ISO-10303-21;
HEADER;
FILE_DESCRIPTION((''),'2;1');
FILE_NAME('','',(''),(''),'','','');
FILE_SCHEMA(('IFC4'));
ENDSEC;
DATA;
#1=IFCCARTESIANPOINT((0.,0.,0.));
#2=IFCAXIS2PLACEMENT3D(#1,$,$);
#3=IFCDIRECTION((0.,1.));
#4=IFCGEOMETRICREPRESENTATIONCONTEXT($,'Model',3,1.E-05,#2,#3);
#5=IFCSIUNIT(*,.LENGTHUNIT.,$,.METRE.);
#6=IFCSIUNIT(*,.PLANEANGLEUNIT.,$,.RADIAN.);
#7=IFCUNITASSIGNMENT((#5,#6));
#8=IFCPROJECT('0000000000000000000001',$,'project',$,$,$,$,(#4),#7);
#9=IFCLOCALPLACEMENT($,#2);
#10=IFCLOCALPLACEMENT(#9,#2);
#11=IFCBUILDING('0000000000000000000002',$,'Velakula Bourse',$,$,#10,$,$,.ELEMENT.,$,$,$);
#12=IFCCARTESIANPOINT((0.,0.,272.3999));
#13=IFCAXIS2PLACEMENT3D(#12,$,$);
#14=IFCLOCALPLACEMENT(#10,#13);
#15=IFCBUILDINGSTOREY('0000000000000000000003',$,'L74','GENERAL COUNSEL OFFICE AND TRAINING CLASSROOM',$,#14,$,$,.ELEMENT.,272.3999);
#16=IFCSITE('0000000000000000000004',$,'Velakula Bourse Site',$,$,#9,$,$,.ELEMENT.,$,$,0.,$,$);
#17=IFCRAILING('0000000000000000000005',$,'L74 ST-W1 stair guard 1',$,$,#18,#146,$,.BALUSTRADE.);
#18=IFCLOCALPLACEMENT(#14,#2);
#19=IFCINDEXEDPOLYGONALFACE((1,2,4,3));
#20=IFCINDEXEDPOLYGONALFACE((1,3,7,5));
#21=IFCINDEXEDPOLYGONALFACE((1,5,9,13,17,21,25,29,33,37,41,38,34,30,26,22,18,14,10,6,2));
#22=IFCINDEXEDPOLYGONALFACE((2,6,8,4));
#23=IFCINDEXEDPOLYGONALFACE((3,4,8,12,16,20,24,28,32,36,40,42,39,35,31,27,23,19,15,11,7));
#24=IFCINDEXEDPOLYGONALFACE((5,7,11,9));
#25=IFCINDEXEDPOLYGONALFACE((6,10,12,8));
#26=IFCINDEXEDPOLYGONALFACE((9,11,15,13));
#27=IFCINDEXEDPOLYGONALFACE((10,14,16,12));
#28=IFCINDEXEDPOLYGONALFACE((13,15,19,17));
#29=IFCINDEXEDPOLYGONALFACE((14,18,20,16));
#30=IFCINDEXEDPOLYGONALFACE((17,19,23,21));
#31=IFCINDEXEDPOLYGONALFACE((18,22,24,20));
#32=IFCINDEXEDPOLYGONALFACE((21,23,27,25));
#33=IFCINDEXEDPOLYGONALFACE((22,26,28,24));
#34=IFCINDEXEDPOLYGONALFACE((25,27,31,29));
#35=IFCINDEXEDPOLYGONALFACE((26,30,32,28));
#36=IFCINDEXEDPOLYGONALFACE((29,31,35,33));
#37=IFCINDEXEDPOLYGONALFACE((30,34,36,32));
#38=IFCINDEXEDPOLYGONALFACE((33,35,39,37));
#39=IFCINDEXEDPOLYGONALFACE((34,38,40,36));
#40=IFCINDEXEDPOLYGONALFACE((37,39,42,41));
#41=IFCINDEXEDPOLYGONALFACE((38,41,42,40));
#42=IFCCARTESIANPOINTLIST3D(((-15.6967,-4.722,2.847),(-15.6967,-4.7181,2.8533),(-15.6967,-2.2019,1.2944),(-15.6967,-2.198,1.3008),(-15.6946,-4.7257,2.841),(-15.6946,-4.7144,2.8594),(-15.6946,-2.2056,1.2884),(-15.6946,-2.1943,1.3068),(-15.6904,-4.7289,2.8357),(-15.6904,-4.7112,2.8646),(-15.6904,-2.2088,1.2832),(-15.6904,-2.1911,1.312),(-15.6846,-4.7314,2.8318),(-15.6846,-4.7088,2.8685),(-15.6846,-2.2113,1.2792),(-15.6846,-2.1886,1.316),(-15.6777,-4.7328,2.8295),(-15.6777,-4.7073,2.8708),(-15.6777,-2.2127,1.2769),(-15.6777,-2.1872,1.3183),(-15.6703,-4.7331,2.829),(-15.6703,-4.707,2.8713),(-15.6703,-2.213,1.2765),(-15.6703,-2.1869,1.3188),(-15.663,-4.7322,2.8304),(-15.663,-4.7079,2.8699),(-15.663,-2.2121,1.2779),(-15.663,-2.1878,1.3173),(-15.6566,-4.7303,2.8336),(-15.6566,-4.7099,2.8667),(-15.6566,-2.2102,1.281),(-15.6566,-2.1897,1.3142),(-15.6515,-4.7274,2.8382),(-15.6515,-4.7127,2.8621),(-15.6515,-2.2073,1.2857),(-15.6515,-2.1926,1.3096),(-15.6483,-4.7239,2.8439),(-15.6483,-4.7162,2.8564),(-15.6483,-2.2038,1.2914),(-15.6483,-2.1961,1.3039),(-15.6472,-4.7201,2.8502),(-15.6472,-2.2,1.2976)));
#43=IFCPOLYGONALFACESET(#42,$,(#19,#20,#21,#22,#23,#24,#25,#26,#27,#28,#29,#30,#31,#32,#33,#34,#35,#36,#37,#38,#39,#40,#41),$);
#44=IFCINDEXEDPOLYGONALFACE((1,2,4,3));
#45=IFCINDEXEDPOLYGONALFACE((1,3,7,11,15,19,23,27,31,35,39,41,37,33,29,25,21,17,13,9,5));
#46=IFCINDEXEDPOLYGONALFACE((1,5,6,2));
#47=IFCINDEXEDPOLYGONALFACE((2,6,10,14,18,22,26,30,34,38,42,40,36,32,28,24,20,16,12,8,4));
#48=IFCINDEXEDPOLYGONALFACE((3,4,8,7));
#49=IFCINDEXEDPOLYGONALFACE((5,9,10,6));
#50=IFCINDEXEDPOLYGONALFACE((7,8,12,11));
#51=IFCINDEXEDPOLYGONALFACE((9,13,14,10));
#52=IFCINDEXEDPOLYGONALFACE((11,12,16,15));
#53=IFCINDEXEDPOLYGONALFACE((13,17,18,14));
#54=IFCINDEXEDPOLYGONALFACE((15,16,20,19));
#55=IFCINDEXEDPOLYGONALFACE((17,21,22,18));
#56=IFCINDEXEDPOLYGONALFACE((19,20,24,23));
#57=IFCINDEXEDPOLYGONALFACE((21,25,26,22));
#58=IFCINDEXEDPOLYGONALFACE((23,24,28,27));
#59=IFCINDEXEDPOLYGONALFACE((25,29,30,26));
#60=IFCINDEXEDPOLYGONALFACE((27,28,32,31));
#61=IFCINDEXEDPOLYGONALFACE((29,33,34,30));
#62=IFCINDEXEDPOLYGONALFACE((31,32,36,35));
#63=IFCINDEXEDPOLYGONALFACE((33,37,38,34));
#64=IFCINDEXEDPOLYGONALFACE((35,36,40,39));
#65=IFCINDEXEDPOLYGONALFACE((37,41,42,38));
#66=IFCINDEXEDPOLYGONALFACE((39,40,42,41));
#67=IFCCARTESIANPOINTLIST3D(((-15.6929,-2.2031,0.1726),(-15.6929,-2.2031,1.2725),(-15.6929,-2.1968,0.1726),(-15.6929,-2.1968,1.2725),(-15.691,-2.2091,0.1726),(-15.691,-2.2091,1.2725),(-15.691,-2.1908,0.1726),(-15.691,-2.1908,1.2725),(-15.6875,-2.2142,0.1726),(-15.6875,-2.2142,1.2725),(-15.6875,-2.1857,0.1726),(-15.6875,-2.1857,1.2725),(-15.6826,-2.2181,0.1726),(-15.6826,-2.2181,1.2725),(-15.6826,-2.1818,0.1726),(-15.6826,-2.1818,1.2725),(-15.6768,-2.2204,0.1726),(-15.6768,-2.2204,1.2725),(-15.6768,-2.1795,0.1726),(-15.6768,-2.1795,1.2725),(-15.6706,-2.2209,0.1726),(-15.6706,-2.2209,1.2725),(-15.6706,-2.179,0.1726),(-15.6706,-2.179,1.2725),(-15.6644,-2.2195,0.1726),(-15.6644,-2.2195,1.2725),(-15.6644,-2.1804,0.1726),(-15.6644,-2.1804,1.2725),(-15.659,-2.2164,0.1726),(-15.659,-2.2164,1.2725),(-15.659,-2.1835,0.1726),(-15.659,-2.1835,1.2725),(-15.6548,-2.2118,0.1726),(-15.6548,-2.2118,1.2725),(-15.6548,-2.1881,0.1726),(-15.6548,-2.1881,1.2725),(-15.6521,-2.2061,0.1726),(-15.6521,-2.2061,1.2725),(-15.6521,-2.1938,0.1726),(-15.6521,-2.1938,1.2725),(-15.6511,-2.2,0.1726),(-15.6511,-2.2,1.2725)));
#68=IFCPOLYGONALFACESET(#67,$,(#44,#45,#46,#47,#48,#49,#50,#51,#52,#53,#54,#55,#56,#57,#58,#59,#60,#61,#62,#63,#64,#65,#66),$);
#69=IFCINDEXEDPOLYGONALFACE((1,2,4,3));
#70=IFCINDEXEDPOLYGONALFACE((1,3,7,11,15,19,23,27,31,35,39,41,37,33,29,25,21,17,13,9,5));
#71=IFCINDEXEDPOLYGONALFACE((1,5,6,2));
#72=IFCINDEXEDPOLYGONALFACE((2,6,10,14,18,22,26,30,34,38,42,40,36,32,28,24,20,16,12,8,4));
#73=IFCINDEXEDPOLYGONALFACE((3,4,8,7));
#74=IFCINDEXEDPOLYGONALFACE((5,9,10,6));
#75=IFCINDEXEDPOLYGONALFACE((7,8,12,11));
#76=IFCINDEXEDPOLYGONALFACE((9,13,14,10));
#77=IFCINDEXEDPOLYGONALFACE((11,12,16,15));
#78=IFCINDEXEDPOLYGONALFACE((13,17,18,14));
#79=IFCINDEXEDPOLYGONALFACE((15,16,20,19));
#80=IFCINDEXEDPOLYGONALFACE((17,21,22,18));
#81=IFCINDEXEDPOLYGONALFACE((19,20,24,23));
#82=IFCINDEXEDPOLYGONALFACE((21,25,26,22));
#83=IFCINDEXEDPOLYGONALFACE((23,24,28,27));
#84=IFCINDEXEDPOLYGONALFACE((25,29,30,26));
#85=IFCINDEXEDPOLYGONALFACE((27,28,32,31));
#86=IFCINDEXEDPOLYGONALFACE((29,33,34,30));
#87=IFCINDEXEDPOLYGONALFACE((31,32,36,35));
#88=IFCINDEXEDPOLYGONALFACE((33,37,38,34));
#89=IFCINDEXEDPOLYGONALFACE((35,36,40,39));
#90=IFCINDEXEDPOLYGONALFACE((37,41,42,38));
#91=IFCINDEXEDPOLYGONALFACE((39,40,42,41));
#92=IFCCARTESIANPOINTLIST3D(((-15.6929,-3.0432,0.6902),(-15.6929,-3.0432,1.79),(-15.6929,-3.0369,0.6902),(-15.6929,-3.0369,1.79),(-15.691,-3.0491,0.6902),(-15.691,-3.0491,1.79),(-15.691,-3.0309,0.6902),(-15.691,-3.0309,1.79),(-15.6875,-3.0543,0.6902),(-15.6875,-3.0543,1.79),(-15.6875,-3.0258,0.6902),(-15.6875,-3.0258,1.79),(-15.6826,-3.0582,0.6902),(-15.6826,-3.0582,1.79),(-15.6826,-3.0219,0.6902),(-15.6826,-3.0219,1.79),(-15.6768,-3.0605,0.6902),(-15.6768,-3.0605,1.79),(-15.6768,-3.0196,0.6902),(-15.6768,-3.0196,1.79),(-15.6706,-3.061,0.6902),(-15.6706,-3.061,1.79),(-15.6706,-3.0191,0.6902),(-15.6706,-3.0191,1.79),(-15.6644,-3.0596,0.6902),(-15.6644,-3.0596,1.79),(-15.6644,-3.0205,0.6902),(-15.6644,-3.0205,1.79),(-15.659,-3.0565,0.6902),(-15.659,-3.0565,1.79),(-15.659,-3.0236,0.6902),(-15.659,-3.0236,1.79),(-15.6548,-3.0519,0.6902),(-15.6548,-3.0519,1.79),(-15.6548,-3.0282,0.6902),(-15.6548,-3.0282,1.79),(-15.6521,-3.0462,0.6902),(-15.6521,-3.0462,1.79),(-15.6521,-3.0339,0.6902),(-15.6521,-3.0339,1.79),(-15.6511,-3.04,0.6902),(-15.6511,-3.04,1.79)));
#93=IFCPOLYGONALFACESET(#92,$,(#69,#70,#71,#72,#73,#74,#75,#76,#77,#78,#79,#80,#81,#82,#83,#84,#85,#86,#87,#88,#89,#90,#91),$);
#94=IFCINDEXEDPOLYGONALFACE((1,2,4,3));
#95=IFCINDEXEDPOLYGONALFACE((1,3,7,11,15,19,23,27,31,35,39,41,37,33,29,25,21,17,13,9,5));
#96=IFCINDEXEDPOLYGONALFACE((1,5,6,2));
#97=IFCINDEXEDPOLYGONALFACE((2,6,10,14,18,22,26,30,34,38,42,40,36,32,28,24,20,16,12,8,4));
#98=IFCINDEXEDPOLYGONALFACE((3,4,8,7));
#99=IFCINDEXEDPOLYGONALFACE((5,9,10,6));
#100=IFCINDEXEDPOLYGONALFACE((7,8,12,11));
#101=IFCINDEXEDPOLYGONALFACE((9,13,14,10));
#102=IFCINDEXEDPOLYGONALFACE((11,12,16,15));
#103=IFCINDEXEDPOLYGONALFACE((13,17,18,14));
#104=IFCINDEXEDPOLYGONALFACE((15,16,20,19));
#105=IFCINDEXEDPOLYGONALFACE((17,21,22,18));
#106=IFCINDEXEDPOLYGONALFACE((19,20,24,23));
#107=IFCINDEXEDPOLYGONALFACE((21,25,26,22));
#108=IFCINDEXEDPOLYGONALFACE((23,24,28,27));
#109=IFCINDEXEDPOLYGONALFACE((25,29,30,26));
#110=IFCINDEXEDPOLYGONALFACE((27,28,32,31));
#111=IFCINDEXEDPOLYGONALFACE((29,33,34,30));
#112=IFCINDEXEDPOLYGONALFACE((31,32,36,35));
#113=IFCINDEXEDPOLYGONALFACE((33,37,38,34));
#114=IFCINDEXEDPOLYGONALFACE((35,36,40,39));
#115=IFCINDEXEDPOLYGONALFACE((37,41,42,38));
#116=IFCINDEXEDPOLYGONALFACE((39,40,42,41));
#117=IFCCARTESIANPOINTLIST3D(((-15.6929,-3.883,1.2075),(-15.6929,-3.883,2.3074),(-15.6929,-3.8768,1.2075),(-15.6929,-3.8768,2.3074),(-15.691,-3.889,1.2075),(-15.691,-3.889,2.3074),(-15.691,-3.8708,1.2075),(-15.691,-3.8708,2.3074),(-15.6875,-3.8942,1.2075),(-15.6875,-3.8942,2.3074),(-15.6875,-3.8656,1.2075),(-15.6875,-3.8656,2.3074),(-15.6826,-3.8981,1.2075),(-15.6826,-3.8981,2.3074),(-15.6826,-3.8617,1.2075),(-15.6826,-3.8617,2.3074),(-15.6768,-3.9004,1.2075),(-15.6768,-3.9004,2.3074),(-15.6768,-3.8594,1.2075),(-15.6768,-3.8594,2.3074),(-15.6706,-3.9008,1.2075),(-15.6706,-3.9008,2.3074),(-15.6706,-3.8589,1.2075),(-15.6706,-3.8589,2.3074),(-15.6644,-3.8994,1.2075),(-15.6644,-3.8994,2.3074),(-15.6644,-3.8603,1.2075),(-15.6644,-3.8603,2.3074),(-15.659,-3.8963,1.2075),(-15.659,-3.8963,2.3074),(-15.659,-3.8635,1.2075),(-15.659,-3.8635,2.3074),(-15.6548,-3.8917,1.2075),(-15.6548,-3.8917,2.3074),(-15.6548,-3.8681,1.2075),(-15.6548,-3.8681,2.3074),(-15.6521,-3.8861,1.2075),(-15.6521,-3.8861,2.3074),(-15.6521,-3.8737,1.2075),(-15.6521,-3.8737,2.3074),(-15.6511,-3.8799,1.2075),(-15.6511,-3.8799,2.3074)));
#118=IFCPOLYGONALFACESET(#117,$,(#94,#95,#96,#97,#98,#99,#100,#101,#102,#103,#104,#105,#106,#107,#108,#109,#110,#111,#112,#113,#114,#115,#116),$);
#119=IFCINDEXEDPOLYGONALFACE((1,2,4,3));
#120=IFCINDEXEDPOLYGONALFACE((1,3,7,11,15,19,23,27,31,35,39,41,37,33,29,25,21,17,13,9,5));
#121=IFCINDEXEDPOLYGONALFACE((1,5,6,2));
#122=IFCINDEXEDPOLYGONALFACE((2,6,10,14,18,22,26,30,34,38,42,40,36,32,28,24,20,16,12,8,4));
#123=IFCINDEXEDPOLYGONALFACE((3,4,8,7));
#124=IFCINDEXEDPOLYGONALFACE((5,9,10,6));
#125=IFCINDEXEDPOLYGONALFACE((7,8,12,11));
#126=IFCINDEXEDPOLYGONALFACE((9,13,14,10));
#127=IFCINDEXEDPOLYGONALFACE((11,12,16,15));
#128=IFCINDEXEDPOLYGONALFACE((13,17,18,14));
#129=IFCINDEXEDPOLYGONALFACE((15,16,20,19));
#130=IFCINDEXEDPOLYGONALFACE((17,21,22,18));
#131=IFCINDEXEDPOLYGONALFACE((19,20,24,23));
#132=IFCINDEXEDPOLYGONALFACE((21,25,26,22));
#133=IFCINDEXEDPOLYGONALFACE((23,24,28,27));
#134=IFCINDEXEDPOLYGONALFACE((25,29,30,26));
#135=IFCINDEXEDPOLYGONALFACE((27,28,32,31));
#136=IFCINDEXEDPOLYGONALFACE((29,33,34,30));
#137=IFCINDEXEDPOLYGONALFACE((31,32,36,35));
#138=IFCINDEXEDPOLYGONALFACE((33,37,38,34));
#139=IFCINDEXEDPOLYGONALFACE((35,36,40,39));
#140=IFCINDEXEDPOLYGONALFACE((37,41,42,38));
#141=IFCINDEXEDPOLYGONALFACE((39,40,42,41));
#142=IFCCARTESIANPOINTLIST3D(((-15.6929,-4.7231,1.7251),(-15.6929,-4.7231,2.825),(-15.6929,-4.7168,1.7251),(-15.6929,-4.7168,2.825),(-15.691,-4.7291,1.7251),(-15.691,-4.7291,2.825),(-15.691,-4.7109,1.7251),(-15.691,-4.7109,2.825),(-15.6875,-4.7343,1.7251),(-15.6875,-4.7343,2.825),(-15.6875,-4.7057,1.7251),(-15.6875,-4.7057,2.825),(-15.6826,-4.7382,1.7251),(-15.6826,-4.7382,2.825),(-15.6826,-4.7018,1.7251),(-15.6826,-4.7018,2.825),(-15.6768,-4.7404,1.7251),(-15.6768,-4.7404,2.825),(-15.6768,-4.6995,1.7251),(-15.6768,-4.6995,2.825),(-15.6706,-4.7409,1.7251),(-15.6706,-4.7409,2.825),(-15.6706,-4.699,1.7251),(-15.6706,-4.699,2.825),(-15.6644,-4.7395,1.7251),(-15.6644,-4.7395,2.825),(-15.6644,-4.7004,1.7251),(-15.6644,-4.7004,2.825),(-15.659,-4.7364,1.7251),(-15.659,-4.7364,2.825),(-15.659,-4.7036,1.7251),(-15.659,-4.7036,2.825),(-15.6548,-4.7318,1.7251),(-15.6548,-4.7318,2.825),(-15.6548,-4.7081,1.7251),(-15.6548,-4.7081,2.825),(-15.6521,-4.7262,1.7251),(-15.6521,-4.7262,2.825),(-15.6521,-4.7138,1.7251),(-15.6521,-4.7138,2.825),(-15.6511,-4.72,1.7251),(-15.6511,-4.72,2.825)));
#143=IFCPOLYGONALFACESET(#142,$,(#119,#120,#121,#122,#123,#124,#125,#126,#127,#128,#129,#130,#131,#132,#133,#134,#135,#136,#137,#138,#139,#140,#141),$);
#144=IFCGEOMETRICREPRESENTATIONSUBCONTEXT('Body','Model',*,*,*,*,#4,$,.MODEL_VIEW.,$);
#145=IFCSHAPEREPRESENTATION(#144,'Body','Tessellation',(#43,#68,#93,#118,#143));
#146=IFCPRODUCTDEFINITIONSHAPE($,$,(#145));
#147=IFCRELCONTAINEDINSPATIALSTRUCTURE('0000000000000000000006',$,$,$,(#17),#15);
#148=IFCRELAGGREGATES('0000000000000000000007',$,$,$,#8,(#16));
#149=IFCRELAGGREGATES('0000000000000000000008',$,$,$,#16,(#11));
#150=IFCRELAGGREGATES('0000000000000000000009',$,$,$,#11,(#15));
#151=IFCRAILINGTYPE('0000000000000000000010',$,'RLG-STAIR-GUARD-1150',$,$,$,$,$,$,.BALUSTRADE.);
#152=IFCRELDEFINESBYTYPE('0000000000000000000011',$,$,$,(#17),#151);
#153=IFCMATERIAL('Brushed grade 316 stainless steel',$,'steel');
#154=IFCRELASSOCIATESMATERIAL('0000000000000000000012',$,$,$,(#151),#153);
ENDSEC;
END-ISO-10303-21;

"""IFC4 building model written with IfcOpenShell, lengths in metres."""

from ifc_helpers import new_model, si_unit, direction, frame, origin, origin_2d, place, context, subcontext, project, spatial, circle, extrude, material, type_object, element, save


model = new_model("IFC4")

# Units and contexts
model_context = context("Model", 3, precision=1e-05, world=origin(), true_north=direction((0.0, 1.0)))
body_context = subcontext(model_context, "Body", "Model", "MODEL_VIEW")
ifc_project = project(units=[si_unit("LENGTHUNIT", "METRE"), si_unit("PLANEANGLEUNIT", "RADIAN")], contexts=[model_context])

# Site, building, storey
site_placement = place(None, origin())
site = spatial("IfcSite", under=ifc_project, at=site_placement, Name="Velakula Bourse Site", CompositionType="ELEMENT", RefElevation=0.0)
building_placement = place(site_placement, origin())
building = spatial("IfcBuilding", under=site, at=building_placement, Name="Velakula Bourse", CompositionType="ELEMENT")
storey_placement = place(building_placement, frame((0.0, 0.0, 272.3999)))
storey = spatial("IfcBuildingStorey", under=building, at=storey_placement, Name="L74", Description="GENERAL COUNSEL OFFICE AND TRAINING CLASSROOM", CompositionType="ELEMENT", Elevation=272.3999)

# Shared definitions
ifc_material_1 = material(Name="Brushed grade 316 stainless steel", Category="steel")

# Railing
railing_type = type_object("IfcRailingType", Name="RLG-STAIR-GUARD-1150", PredefinedType="BALUSTRADE", material=ifc_material_1)
railing_1_placement = place(storey_placement, frame((-15.6721, -2.2, 0.1726)))
element("IfcRailing", 1, at=railing_1_placement, inside=storey, type_object=railing_type, Name="L74 ST-W1 stair guard 1", PredefinedType="BALUSTRADE", context=body_context, shape_type="SweptSolid", body=[
    extrude(circle(Radius=0.0249, at=origin_2d()), frame((0.0, 0.0, 1.125), z_axis=(0.0, -0.8514, 0.524516), x_axis=(1.0, 0.0, 0.0)), (0.0, 0.0, 1.0), 2.96),
    extrude(circle(Radius=0.021, at=origin_2d()), origin(), (0.0, 0.0, 1.0), 1.0999),
    extrude(circle(Radius=0.021, at=origin_2d()), frame((0.0, -0.8401, 0.5176)), (0.0, 0.0, 1.0), 1.0999),
    extrude(circle(Radius=0.021, at=origin_2d()), frame((0.0, -1.6799, 1.0349)), (0.0, 0.0, 1.0), 1.0999),
    extrude(circle(Radius=0.021, at=origin_2d()), frame((0.0, -2.52, 1.5525)), (0.0, 0.0, 1.0), 1.0999),
])

save(model, "model.ifc")
